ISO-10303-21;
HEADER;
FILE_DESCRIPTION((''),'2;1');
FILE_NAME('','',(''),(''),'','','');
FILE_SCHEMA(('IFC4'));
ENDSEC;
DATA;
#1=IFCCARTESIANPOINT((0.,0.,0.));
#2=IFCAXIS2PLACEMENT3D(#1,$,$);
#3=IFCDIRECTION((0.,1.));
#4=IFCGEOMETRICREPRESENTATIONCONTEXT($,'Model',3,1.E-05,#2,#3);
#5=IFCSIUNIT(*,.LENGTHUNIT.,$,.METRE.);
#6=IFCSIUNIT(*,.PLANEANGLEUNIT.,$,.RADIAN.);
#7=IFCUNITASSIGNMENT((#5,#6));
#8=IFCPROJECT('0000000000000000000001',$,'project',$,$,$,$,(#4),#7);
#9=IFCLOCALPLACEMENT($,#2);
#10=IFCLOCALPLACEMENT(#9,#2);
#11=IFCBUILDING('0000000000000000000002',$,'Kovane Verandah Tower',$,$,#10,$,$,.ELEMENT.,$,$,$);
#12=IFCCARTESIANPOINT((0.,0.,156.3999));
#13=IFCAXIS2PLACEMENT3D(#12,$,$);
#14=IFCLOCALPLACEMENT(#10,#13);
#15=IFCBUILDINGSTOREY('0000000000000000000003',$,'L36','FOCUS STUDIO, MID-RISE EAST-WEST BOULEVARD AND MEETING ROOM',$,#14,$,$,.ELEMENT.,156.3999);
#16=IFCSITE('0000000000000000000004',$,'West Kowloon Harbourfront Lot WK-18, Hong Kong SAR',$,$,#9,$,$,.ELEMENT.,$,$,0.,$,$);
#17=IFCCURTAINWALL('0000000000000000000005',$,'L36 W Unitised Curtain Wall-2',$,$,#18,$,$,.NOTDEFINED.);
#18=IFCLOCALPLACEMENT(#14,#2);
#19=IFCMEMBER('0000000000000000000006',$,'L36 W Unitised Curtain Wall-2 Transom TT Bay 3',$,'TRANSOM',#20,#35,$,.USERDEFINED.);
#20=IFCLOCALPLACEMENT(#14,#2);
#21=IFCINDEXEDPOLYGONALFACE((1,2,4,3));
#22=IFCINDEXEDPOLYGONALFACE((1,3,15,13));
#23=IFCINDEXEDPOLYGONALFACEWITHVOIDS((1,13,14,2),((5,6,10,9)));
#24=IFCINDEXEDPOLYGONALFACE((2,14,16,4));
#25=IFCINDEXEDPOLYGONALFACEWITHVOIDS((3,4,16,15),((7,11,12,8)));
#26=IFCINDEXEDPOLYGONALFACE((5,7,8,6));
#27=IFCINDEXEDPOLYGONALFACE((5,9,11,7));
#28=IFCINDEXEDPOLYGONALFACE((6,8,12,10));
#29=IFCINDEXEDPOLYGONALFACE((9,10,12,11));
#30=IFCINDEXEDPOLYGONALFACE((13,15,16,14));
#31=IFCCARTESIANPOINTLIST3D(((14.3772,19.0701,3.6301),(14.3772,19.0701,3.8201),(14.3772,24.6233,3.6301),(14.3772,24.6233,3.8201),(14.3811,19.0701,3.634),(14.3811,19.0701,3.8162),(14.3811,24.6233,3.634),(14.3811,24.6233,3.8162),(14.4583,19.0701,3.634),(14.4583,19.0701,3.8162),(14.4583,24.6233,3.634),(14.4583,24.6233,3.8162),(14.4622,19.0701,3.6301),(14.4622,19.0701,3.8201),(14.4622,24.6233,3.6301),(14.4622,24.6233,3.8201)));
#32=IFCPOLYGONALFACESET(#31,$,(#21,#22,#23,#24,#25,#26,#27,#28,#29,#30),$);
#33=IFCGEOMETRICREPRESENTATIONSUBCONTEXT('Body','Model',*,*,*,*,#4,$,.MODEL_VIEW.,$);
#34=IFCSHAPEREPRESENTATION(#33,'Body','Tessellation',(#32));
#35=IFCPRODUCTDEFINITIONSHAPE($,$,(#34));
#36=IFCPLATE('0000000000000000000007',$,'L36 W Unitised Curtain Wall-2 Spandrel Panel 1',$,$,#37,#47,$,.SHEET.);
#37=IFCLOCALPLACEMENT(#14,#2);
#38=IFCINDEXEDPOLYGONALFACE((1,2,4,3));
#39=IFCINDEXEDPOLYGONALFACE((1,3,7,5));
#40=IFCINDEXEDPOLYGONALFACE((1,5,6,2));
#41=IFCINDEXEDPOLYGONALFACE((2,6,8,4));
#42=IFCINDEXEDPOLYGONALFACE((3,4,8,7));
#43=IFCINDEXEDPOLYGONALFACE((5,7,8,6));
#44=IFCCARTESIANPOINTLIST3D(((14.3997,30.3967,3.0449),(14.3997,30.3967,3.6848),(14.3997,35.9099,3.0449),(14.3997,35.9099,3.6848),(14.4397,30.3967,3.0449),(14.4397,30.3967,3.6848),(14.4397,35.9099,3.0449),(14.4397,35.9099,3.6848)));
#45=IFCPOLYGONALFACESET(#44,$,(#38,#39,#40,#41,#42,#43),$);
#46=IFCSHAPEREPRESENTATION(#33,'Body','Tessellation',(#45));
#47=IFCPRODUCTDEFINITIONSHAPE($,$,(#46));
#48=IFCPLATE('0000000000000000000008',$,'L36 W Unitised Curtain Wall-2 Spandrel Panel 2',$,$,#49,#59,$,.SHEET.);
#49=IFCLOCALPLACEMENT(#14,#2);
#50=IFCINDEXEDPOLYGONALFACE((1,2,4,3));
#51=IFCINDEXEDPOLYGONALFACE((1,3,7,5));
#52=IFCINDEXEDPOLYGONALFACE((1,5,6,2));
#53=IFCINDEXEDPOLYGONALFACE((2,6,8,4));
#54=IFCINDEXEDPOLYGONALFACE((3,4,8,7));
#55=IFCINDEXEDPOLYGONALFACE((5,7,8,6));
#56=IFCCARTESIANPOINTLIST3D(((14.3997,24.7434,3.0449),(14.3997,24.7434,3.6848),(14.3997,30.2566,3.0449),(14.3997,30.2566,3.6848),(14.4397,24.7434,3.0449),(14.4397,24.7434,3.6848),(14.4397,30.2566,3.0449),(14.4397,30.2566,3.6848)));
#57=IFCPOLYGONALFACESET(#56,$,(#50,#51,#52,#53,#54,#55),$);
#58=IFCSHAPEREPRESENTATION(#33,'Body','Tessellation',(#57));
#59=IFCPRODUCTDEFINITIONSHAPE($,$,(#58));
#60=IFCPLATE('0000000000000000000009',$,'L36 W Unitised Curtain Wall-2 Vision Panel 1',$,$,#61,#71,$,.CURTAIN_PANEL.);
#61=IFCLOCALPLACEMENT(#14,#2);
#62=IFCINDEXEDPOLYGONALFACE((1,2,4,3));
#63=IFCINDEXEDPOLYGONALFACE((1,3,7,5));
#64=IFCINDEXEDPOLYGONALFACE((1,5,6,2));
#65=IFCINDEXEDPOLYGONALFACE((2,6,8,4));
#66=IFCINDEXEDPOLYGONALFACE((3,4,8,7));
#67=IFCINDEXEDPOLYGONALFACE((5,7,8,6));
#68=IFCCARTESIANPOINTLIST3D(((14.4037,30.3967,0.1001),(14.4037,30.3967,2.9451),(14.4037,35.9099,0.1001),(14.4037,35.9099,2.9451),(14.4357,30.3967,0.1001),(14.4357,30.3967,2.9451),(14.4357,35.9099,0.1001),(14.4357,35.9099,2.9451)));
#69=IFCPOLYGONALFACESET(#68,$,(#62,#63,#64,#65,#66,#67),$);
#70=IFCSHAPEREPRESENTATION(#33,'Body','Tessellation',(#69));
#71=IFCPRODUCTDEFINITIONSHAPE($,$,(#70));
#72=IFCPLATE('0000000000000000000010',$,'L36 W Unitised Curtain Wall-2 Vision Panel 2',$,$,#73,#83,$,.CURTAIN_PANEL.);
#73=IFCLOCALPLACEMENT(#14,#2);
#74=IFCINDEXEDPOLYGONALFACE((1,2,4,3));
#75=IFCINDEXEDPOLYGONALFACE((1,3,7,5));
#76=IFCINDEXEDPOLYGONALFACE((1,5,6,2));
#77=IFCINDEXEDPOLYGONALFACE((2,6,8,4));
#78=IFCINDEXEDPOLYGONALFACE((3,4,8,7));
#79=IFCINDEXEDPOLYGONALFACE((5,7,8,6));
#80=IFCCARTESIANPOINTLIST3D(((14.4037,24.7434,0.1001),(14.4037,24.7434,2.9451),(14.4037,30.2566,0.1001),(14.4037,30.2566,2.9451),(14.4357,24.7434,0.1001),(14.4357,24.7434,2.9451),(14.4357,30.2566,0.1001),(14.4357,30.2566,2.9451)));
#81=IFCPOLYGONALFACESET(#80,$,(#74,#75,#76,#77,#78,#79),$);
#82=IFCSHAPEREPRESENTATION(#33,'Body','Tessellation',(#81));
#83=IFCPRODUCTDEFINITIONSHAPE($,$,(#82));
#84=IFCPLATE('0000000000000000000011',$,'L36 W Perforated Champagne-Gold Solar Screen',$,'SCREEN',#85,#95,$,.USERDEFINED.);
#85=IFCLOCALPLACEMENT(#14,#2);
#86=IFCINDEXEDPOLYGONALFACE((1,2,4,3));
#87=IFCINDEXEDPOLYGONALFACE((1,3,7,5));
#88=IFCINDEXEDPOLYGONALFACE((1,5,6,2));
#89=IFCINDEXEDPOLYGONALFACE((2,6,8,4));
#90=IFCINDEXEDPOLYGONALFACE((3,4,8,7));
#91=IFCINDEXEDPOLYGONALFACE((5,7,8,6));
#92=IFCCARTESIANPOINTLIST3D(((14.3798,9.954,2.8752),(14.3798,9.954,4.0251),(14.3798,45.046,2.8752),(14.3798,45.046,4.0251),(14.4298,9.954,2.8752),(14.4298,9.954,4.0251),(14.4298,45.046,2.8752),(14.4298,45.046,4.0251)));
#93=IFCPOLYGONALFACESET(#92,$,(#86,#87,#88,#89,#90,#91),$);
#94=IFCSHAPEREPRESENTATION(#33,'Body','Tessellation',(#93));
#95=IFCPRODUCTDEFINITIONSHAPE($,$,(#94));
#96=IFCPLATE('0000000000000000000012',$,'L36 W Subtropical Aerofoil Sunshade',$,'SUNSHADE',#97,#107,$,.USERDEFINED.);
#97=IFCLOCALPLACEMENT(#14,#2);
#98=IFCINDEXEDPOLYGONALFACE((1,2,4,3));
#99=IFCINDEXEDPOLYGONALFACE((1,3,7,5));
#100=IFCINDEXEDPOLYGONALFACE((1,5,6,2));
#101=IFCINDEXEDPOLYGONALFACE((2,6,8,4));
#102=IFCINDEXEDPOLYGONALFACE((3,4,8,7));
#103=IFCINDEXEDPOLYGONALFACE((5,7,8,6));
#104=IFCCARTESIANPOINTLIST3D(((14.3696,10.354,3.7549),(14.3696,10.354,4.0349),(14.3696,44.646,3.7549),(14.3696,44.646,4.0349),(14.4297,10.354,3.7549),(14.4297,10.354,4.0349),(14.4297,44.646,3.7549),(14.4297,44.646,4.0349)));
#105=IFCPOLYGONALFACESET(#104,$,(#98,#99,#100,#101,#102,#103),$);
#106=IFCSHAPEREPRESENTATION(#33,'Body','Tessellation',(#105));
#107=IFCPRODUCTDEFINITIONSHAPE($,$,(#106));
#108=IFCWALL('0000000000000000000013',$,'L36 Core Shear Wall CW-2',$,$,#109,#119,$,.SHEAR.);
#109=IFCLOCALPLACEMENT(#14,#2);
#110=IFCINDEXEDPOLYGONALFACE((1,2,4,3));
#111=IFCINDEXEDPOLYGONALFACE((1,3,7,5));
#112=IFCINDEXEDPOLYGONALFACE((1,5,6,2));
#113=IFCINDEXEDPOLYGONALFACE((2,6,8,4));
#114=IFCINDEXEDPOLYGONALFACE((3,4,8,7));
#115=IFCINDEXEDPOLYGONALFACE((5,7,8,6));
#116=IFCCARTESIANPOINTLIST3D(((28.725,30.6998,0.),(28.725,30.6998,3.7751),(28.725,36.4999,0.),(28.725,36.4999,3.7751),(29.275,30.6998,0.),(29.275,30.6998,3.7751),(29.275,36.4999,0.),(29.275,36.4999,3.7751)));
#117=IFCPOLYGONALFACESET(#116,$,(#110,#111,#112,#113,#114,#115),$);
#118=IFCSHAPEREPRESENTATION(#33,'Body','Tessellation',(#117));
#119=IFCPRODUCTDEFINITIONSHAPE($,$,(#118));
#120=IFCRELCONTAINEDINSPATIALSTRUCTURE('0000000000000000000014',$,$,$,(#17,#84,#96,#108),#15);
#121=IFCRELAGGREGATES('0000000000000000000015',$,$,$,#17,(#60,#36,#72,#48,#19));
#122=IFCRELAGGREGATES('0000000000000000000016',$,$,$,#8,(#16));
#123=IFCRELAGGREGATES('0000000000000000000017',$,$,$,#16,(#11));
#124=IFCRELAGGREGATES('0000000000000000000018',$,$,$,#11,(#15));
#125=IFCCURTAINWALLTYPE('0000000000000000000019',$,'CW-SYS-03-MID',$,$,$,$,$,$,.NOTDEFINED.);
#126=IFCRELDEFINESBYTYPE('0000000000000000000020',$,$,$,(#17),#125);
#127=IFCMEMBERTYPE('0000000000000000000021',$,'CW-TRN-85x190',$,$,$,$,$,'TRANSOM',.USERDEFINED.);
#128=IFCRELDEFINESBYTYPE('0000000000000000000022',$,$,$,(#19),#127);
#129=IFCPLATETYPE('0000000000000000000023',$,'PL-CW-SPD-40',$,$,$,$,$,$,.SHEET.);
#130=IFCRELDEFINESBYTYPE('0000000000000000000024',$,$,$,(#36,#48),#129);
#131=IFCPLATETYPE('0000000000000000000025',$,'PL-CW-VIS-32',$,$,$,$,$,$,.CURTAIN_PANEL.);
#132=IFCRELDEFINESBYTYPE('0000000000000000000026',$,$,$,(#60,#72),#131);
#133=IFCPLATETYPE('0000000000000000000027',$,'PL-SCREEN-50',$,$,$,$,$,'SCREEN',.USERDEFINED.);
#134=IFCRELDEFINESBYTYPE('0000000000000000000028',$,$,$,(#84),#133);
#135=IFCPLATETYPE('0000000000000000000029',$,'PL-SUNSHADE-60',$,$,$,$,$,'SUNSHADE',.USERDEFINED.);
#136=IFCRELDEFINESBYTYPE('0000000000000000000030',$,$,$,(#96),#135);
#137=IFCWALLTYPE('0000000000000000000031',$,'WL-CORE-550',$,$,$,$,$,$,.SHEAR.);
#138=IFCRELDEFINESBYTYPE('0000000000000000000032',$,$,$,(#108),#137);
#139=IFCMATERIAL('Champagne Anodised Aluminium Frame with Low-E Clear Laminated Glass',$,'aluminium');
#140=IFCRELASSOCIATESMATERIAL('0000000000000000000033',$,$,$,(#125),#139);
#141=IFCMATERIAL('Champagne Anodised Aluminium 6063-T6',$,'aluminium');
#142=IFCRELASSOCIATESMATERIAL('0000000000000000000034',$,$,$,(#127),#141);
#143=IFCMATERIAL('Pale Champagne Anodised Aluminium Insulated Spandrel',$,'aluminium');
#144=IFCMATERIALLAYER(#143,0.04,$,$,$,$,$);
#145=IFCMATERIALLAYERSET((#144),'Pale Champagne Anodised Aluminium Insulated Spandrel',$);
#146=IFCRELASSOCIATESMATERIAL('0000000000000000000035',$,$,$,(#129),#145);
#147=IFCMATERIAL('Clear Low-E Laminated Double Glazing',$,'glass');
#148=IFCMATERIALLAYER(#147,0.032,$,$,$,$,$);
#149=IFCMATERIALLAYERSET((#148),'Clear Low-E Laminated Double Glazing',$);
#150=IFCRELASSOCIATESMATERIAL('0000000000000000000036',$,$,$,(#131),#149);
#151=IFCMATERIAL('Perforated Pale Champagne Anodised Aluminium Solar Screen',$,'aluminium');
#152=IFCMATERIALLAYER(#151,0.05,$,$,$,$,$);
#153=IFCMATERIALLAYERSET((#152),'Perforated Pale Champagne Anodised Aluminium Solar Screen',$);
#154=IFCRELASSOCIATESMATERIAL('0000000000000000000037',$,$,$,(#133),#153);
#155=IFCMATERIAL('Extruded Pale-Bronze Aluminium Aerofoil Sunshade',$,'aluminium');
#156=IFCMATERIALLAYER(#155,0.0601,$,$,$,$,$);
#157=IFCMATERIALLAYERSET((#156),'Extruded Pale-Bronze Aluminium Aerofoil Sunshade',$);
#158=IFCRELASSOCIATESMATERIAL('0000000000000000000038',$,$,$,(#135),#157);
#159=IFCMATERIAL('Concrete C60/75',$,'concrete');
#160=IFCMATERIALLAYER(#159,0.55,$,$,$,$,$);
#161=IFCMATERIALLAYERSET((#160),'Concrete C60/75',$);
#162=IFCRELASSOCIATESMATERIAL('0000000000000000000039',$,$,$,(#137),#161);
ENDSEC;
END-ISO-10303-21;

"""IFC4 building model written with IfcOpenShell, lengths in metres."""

from ifc_helpers import new_model, si_unit, direction, frame, frame_2d, origin, origin_2d, place, context, subcontext, project, spatial, rectangle, hollow_rectangle, extrude, material, layer, layer_set, material_profile, profile_set, type_object, element, aggregate, save


model = new_model("IFC4")

# Units and contexts
model_context = context("Model", 3, precision=1e-05, world=origin(), true_north=direction((0.0, 1.0)))
body_context = subcontext(model_context, "Body", "Model", "MODEL_VIEW")
ifc_project = project(units=[si_unit("LENGTHUNIT", "METRE"), si_unit("PLANEANGLEUNIT", "RADIAN")], contexts=[model_context])

# Site, building, storey
site_placement = place(None, origin())
site = spatial("IfcSite", under=ifc_project, at=site_placement, Name="West Kowloon Harbourfront Lot WK-18, Hong Kong SAR", CompositionType="ELEMENT", RefElevation=0.0)
building_placement = place(site_placement, origin())
building = spatial("IfcBuilding", under=site, at=building_placement, Name="Kovane Verandah Tower", CompositionType="ELEMENT")
storey_placement = place(building_placement, frame((0.0, 0.0, 156.3999)))
storey = spatial("IfcBuildingStorey", under=building, at=storey_placement, Name="L36", Description="FOCUS STUDIO, MID-RISE EAST-WEST BOULEVARD AND MEETING ROOM", CompositionType="ELEMENT", Elevation=156.3999)

# Shared definitions
ifc_material_1 = material(Name="Concrete C60/75", Category="concrete")

# Curtain wall, member, plates
ifc_material_2 = material(Name="Champagne Anodised Aluminium Frame with Low-E Clear Laminated Glass", Category="aluminium")
curtain_wall_type = type_object("IfcCurtainWallType", Name="CW-SYS-03-MID", PredefinedType="NOTDEFINED", material=ifc_material_2)
curtain_wall_placement = place(storey_placement, origin())
curtain_wall = element("IfcCurtainWall", 1, at=curtain_wall_placement, inside=storey, type_object=curtain_wall_type, Name="L36 W Unitised Curtain Wall-2", PredefinedType="NOTDEFINED")
ifc_material_3 = material(Name="Champagne Anodised Aluminium 6063-T6", Category="aluminium")
ifc_material_profile_1 = material_profile(ifc_material_3, hollow_rectangle(XDim=0.085, YDim=0.1899, WallThickness=0.0039, at=origin_2d()), Name="AL85x190x4")
ifc_profile_set_1 = profile_set([ifc_material_profile_1], Name="Champagne Anodised Aluminium 6063-T6")
member_type_1 = type_object("IfcMemberType", Name="CW-TRN-85x190", ElementType="TRANSOM", PredefinedType="USERDEFINED", material=ifc_profile_set_1)
member_1_placement = place(storey_placement, frame((14.4197, 24.6233, 3.7251), z_axis=(0.0, -1.0, 0.0), x_axis=(1.0, 0.0, 0.0)))
member_1 = element("IfcMember", 2, at=member_1_placement, type_object=member_type_1, Name="L36 W Unitised Curtain Wall-2 Transom TT Bay 3", ObjectType="TRANSOM", PredefinedType="USERDEFINED", context=body_context, shape_type="SweptSolid", body=[
    extrude(hollow_rectangle(XDim=0.085, YDim=0.1899, WallThickness=0.0039, at=origin_2d()), origin(), (0.0, 0.0, 1.0), 5.5532),
])
ifc_material_4 = material(Name="Pale Champagne Anodised Aluminium Insulated Spandrel", Category="aluminium")
ifc_layer_1 = layer(ifc_material_4, 0.04)
ifc_layer_set_1 = layer_set([ifc_layer_1], Name="Pale Champagne Anodised Aluminium Insulated Spandrel")
plate_type_1 = type_object("IfcPlateType", Name="PL-CW-SPD-40", PredefinedType="SHEET", material=ifc_layer_set_1)
plate_1_placement = place(storey_placement, frame((14.4197, 33.1533, 3.0449), z_axis=(0.0, 0.0, 1.0), x_axis=(0.0, -1.0, 0.0)))
plate_1 = element("IfcPlate", 3, at=plate_1_placement, type_object=plate_type_1, Name="L36 W Unitised Curtain Wall-2 Spandrel Panel 1", PredefinedType="SHEET", context=body_context, shape_type="SweptSolid", body=[
    extrude(rectangle(XDim=5.5132, YDim=0.04, at=origin_2d()), origin(), (0.0, 0.0, 1.0), 0.6399),
])
plate_2_placement = place(storey_placement, frame((14.4197, 27.5, 3.0449), z_axis=(0.0, 0.0, 1.0), x_axis=(0.0, -1.0, 0.0)))
plate_2 = element("IfcPlate", 4, at=plate_2_placement, type_object=plate_type_1, Name="L36 W Unitised Curtain Wall-2 Spandrel Panel 2", PredefinedType="SHEET", context=body_context, shape_type="SweptSolid", body=[
    extrude(rectangle(XDim=5.5132, YDim=0.04, at=origin_2d()), origin(), (0.0, 0.0, 1.0), 0.6399),
])
ifc_material_5 = material(Name="Clear Low-E Laminated Double Glazing", Category="glass")
ifc_layer_2 = layer(ifc_material_5, 0.032)
ifc_layer_set_2 = layer_set([ifc_layer_2], Name="Clear Low-E Laminated Double Glazing")
plate_type_2 = type_object("IfcPlateType", Name="PL-CW-VIS-32", PredefinedType="CURTAIN_PANEL", material=ifc_layer_set_2)
plate_3_placement = place(storey_placement, frame((14.4197, 33.1533, 0.1001), z_axis=(0.0, 0.0, 1.0), x_axis=(0.0, -1.0, 0.0)))
plate_3 = element("IfcPlate", 5, at=plate_3_placement, type_object=plate_type_2, Name="L36 W Unitised Curtain Wall-2 Vision Panel 1", PredefinedType="CURTAIN_PANEL", context=body_context, shape_type="SweptSolid", body=[
    extrude(rectangle(XDim=5.5132, YDim=0.032, at=origin_2d()), origin(), (0.0, 0.0, 1.0), 2.845),
])
plate_4_placement = place(storey_placement, frame((14.4197, 27.5, 0.1001), z_axis=(0.0, 0.0, 1.0), x_axis=(0.0, -1.0, 0.0)))
plate_4 = element("IfcPlate", 6, at=plate_4_placement, type_object=plate_type_2, Name="L36 W Unitised Curtain Wall-2 Vision Panel 2", PredefinedType="CURTAIN_PANEL", context=body_context, shape_type="SweptSolid", body=[
    extrude(rectangle(XDim=5.5132, YDim=0.032, at=origin_2d()), origin(), (0.0, 0.0, 1.0), 2.845),
])
aggregate(curtain_wall, [plate_3, plate_1, plate_4, plate_2, member_1])

# Plates
ifc_material_6 = material(Name="Perforated Pale Champagne Anodised Aluminium Solar Screen", Category="aluminium")
ifc_layer_3 = layer(ifc_material_6, 0.05)
ifc_layer_set_3 = layer_set([ifc_layer_3], Name="Perforated Pale Champagne Anodised Aluminium Solar Screen")
plate_type_3 = type_object("IfcPlateType", Name="PL-SCREEN-50", ElementType="SCREEN", PredefinedType="USERDEFINED", material=ifc_layer_set_3)
plate_5_placement = place(storey_placement, frame((14.4048, 27.5, 2.8752), z_axis=(0.0, 0.0, 1.0), x_axis=(0.0, -1.0, 0.0)))
element("IfcPlate", 7, at=plate_5_placement, inside=storey, type_object=plate_type_3, Name="L36 W Perforated Champagne-Gold Solar Screen", ObjectType="SCREEN", PredefinedType="USERDEFINED", context=body_context, shape_type="SweptSolid", body=[
    extrude(rectangle(XDim=35.092, YDim=0.05, at=origin_2d()), origin(), (0.0, 0.0, 1.0), 1.1499),
])
ifc_material_7 = material(Name="Extruded Pale-Bronze Aluminium Aerofoil Sunshade", Category="aluminium")
ifc_layer_4 = layer(ifc_material_7, 0.0601)
ifc_layer_set_4 = layer_set([ifc_layer_4], Name="Extruded Pale-Bronze Aluminium Aerofoil Sunshade")
plate_type_4 = type_object("IfcPlateType", Name="PL-SUNSHADE-60", ElementType="SUNSHADE", PredefinedType="USERDEFINED", material=ifc_layer_set_4)
plate_6_placement = place(storey_placement, frame((14.3997, 27.5, 3.7549), z_axis=(0.0, 0.0, 1.0), x_axis=(0.0, -1.0, 0.0)))
element("IfcPlate", 8, at=plate_6_placement, inside=storey, type_object=plate_type_4, Name="L36 W Subtropical Aerofoil Sunshade", ObjectType="SUNSHADE", PredefinedType="USERDEFINED", context=body_context, shape_type="SweptSolid", body=[
    extrude(rectangle(XDim=34.292, YDim=0.0601, at=origin_2d()), origin(), (0.0, 0.0, 1.0), 0.28),
])

# Wall
ifc_layer_5 = layer(ifc_material_1, 0.55)
ifc_layer_set_5 = layer_set([ifc_layer_5], Name="Concrete C60/75")
wall_type_1 = type_object("IfcWallType", Name="WL-CORE-550", PredefinedType="SHEAR", material=ifc_layer_set_5)
wall_1_placement = place(storey_placement, frame((29.0, 30.7, 0.0), z_axis=(0.0, 0.0, 1.0), x_axis=(0.0, 1.0, 0.0)))
element("IfcWall", 9, at=wall_1_placement, inside=storey, type_object=wall_type_1, Name="L36 Core Shear Wall CW-2", PredefinedType="SHEAR", context=body_context, shape_type="SweptSolid", body=[
    extrude(rectangle(XDim=5.8, YDim=0.55, at=frame_2d((2.8999, 0.0))), origin(), (0.0, 0.0, 1.0), 3.7751),
])

save(model, "model.ifc")
